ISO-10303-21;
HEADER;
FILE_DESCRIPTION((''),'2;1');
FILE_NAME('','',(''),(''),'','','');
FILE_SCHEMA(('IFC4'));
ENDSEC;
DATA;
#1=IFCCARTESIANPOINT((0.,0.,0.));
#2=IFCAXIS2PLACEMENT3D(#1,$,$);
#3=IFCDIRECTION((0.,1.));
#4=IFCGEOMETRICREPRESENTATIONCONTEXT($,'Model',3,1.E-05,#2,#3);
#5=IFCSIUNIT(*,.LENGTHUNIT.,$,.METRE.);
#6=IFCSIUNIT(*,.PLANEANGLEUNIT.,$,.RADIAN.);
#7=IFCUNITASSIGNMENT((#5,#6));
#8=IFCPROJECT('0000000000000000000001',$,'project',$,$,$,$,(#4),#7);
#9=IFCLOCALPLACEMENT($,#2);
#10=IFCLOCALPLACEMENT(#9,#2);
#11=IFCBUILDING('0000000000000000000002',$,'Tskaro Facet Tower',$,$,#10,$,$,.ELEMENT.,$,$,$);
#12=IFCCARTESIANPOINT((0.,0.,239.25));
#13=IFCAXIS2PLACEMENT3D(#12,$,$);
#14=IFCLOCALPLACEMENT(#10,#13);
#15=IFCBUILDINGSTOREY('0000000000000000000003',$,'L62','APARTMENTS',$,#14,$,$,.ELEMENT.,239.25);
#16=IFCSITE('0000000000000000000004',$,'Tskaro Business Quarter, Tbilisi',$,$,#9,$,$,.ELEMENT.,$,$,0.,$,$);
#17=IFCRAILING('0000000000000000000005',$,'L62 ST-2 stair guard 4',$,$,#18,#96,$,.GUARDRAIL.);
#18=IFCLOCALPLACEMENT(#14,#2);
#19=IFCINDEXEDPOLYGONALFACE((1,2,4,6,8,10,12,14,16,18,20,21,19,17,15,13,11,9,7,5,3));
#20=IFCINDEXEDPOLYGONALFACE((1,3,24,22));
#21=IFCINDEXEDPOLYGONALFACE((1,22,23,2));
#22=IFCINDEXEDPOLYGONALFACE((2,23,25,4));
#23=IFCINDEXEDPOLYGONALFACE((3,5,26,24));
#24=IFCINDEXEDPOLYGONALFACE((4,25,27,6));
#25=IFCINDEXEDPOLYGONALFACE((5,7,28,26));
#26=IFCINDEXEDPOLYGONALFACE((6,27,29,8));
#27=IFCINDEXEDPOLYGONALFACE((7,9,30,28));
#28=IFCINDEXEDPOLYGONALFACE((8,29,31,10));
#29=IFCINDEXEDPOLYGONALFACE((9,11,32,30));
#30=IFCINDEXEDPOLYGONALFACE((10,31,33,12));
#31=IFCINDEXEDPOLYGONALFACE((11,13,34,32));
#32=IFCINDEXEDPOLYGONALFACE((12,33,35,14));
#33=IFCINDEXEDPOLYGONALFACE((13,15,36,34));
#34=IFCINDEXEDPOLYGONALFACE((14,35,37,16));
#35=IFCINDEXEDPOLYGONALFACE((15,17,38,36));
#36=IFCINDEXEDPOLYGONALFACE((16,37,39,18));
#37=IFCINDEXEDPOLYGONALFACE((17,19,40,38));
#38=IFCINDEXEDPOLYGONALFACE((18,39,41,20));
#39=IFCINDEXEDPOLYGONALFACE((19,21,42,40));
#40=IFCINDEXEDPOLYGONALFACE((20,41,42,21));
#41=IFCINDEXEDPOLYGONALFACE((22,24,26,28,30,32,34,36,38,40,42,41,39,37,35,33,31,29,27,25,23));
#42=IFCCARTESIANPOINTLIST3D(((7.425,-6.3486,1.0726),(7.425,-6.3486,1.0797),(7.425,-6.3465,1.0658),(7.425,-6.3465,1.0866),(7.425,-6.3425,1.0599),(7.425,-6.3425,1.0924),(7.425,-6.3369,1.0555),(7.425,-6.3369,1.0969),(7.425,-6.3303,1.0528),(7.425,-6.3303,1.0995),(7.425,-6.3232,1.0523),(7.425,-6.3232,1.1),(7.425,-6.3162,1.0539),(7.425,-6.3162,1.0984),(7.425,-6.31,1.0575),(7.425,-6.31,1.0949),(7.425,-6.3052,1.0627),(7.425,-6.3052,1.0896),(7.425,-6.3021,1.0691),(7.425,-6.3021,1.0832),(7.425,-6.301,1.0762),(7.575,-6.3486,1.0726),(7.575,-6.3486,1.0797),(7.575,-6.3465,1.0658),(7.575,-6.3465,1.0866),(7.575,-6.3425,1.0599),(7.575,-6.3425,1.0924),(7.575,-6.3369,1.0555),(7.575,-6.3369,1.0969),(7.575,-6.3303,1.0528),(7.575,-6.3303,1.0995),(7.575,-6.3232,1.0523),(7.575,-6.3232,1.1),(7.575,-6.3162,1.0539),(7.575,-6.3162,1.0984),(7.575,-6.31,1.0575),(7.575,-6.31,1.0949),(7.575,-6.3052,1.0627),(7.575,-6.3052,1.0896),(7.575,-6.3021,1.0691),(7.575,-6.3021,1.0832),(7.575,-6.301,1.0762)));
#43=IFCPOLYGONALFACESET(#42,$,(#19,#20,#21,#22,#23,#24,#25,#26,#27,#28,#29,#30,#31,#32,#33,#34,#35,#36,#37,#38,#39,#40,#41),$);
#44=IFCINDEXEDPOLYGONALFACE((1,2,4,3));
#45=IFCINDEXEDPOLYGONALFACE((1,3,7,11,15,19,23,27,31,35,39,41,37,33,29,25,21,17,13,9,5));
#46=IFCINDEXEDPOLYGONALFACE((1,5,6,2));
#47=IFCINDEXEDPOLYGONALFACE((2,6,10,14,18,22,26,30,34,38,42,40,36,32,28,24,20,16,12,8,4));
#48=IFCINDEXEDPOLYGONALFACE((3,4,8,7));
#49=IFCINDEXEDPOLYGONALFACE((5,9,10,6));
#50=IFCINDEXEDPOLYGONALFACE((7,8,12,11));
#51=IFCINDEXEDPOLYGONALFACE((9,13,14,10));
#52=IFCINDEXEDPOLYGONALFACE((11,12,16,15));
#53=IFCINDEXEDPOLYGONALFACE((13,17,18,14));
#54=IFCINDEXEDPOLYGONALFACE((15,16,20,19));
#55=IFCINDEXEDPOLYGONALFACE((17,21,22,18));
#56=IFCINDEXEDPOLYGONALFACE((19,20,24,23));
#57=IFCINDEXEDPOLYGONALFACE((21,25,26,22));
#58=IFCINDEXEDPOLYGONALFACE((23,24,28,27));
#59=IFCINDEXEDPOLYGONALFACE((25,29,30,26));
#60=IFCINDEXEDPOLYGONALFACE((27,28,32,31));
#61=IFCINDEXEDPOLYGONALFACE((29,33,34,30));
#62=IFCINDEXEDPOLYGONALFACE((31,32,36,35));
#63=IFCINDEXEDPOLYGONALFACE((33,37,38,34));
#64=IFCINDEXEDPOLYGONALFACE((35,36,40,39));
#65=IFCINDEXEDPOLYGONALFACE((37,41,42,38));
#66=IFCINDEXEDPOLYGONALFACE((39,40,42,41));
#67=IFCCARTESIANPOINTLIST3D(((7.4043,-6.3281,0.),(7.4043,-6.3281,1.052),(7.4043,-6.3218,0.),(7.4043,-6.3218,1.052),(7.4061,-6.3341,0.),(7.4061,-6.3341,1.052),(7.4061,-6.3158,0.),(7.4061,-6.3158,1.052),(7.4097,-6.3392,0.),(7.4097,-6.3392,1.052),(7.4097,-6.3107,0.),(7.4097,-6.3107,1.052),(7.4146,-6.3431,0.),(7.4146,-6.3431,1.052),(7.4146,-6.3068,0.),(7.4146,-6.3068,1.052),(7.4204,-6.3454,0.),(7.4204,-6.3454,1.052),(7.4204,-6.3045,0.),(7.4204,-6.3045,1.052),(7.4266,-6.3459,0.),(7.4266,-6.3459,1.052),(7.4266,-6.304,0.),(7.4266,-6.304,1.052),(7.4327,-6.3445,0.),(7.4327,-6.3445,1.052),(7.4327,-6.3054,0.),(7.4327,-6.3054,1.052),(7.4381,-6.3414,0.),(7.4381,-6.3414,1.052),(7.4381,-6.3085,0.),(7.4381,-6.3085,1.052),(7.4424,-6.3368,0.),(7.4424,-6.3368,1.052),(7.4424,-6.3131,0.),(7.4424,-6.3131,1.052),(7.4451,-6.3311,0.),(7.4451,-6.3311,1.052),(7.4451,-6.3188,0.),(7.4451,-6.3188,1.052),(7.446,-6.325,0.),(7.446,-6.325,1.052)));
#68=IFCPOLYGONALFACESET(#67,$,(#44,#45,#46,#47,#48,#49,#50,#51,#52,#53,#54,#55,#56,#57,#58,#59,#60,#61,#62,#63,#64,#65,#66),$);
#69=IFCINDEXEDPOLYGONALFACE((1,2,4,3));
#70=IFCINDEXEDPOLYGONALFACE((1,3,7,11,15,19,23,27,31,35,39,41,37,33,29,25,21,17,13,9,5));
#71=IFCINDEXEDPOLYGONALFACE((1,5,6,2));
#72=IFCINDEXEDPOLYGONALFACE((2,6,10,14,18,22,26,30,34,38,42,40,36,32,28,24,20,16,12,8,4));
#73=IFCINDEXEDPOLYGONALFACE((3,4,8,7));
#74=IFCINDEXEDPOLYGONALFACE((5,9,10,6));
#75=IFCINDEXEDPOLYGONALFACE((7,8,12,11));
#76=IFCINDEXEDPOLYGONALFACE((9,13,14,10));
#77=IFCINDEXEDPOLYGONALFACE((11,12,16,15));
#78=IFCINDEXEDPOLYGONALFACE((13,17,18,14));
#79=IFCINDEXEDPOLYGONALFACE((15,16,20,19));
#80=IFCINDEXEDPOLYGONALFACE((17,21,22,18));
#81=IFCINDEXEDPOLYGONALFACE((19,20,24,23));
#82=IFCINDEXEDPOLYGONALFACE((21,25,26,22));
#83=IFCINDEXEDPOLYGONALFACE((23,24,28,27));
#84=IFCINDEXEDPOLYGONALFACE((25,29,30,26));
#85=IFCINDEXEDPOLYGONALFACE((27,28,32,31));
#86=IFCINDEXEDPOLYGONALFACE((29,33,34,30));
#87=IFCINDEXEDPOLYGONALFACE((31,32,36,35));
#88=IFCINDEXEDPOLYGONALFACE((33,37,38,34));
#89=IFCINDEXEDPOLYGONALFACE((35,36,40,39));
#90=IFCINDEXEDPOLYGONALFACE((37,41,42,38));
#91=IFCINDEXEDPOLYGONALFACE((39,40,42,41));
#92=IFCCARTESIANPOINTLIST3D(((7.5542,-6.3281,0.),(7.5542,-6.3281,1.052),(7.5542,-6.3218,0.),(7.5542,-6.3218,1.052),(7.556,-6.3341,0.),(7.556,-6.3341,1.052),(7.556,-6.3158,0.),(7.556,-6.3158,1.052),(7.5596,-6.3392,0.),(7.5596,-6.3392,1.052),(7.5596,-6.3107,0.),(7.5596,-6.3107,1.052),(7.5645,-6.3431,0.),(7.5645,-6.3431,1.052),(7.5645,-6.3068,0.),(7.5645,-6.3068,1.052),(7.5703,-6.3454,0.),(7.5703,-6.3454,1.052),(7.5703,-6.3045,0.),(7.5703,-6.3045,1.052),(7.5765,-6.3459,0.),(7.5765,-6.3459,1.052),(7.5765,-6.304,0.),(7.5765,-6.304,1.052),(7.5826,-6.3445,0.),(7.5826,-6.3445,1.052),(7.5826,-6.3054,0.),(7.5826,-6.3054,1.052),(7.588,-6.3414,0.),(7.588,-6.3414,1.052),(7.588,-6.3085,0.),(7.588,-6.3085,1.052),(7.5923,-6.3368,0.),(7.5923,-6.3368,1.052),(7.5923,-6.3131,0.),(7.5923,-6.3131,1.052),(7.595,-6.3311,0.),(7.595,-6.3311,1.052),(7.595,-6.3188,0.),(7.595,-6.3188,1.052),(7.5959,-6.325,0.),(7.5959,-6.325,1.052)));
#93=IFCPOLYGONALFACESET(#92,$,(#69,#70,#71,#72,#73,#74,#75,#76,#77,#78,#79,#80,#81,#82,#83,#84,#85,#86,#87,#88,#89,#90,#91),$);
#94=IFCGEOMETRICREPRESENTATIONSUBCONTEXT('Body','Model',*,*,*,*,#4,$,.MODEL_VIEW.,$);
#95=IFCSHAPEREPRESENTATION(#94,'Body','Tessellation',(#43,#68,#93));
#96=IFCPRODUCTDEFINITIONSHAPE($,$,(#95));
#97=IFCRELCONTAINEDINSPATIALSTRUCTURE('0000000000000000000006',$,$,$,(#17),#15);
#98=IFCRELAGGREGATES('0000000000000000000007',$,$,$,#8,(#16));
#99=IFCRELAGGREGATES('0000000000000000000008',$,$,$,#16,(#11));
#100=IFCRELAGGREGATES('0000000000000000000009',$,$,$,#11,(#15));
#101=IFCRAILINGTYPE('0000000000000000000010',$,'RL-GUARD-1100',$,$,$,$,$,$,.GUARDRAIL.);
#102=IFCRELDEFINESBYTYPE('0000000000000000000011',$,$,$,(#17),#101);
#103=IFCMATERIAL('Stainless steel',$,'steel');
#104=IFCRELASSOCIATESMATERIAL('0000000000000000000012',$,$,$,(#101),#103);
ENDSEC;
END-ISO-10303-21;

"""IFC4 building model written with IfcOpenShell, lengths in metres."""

from ifc_helpers import new_model, si_unit, direction, frame, origin, origin_2d, place, context, subcontext, project, spatial, circle, extrude, material, type_object, element, save


model = new_model("IFC4")

# Units and contexts
model_context = context("Model", 3, precision=1e-05, world=origin(), true_north=direction((0.0, 1.0)))
body_context = subcontext(model_context, "Body", "Model", "MODEL_VIEW")
ifc_project = project(units=[si_unit("LENGTHUNIT", "METRE"), si_unit("PLANEANGLEUNIT", "RADIAN")], contexts=[model_context])

# Site, building, storey
site_placement = place(None, origin())
site = spatial("IfcSite", under=ifc_project, at=site_placement, Name="Tskaro Business Quarter, Tbilisi", CompositionType="ELEMENT", RefElevation=0.0)
building_placement = place(site_placement, origin())
building = spatial("IfcBuilding", under=site, at=building_placement, Name="Tskaro Facet Tower", CompositionType="ELEMENT")
storey_placement = place(building_placement, frame((0.0, 0.0, 239.25)))
storey = spatial("IfcBuildingStorey", under=building, at=storey_placement, Name="L62", Description="APARTMENTS", CompositionType="ELEMENT", Elevation=239.25)

# Railing
ifc_material_1 = material(Name="Stainless steel", Category="steel")
railing_type_1 = type_object("IfcRailingType", Name="RL-GUARD-1100", PredefinedType="GUARDRAIL", material=ifc_material_1)
railing_1_placement = place(storey_placement, frame((7.425, -6.325, 0.0)))
element("IfcRailing", 1, at=railing_1_placement, inside=storey, type_object=railing_type_1, Name="L62 ST-2 stair guard 4", PredefinedType="GUARDRAIL", context=body_context, shape_type="SweptSolid", body=[
    extrude(circle(Radius=0.0239, at=origin_2d()), frame((0.0, 0.0, 1.0762), z_axis=(1.0, 0.0, 0.0), x_axis=(0.0, 1.0, 0.0)), (0.0, 0.0, 1.0), 0.1499),
    extrude(circle(Radius=0.021, at=origin_2d()), origin(), (0.0, 0.0, 1.0), 1.052),
    extrude(circle(Radius=0.021, at=origin_2d()), frame((0.1499, 0.0, 0.0)), (0.0, 0.0, 1.0), 1.052),
])

save(model, "model.ifc")
